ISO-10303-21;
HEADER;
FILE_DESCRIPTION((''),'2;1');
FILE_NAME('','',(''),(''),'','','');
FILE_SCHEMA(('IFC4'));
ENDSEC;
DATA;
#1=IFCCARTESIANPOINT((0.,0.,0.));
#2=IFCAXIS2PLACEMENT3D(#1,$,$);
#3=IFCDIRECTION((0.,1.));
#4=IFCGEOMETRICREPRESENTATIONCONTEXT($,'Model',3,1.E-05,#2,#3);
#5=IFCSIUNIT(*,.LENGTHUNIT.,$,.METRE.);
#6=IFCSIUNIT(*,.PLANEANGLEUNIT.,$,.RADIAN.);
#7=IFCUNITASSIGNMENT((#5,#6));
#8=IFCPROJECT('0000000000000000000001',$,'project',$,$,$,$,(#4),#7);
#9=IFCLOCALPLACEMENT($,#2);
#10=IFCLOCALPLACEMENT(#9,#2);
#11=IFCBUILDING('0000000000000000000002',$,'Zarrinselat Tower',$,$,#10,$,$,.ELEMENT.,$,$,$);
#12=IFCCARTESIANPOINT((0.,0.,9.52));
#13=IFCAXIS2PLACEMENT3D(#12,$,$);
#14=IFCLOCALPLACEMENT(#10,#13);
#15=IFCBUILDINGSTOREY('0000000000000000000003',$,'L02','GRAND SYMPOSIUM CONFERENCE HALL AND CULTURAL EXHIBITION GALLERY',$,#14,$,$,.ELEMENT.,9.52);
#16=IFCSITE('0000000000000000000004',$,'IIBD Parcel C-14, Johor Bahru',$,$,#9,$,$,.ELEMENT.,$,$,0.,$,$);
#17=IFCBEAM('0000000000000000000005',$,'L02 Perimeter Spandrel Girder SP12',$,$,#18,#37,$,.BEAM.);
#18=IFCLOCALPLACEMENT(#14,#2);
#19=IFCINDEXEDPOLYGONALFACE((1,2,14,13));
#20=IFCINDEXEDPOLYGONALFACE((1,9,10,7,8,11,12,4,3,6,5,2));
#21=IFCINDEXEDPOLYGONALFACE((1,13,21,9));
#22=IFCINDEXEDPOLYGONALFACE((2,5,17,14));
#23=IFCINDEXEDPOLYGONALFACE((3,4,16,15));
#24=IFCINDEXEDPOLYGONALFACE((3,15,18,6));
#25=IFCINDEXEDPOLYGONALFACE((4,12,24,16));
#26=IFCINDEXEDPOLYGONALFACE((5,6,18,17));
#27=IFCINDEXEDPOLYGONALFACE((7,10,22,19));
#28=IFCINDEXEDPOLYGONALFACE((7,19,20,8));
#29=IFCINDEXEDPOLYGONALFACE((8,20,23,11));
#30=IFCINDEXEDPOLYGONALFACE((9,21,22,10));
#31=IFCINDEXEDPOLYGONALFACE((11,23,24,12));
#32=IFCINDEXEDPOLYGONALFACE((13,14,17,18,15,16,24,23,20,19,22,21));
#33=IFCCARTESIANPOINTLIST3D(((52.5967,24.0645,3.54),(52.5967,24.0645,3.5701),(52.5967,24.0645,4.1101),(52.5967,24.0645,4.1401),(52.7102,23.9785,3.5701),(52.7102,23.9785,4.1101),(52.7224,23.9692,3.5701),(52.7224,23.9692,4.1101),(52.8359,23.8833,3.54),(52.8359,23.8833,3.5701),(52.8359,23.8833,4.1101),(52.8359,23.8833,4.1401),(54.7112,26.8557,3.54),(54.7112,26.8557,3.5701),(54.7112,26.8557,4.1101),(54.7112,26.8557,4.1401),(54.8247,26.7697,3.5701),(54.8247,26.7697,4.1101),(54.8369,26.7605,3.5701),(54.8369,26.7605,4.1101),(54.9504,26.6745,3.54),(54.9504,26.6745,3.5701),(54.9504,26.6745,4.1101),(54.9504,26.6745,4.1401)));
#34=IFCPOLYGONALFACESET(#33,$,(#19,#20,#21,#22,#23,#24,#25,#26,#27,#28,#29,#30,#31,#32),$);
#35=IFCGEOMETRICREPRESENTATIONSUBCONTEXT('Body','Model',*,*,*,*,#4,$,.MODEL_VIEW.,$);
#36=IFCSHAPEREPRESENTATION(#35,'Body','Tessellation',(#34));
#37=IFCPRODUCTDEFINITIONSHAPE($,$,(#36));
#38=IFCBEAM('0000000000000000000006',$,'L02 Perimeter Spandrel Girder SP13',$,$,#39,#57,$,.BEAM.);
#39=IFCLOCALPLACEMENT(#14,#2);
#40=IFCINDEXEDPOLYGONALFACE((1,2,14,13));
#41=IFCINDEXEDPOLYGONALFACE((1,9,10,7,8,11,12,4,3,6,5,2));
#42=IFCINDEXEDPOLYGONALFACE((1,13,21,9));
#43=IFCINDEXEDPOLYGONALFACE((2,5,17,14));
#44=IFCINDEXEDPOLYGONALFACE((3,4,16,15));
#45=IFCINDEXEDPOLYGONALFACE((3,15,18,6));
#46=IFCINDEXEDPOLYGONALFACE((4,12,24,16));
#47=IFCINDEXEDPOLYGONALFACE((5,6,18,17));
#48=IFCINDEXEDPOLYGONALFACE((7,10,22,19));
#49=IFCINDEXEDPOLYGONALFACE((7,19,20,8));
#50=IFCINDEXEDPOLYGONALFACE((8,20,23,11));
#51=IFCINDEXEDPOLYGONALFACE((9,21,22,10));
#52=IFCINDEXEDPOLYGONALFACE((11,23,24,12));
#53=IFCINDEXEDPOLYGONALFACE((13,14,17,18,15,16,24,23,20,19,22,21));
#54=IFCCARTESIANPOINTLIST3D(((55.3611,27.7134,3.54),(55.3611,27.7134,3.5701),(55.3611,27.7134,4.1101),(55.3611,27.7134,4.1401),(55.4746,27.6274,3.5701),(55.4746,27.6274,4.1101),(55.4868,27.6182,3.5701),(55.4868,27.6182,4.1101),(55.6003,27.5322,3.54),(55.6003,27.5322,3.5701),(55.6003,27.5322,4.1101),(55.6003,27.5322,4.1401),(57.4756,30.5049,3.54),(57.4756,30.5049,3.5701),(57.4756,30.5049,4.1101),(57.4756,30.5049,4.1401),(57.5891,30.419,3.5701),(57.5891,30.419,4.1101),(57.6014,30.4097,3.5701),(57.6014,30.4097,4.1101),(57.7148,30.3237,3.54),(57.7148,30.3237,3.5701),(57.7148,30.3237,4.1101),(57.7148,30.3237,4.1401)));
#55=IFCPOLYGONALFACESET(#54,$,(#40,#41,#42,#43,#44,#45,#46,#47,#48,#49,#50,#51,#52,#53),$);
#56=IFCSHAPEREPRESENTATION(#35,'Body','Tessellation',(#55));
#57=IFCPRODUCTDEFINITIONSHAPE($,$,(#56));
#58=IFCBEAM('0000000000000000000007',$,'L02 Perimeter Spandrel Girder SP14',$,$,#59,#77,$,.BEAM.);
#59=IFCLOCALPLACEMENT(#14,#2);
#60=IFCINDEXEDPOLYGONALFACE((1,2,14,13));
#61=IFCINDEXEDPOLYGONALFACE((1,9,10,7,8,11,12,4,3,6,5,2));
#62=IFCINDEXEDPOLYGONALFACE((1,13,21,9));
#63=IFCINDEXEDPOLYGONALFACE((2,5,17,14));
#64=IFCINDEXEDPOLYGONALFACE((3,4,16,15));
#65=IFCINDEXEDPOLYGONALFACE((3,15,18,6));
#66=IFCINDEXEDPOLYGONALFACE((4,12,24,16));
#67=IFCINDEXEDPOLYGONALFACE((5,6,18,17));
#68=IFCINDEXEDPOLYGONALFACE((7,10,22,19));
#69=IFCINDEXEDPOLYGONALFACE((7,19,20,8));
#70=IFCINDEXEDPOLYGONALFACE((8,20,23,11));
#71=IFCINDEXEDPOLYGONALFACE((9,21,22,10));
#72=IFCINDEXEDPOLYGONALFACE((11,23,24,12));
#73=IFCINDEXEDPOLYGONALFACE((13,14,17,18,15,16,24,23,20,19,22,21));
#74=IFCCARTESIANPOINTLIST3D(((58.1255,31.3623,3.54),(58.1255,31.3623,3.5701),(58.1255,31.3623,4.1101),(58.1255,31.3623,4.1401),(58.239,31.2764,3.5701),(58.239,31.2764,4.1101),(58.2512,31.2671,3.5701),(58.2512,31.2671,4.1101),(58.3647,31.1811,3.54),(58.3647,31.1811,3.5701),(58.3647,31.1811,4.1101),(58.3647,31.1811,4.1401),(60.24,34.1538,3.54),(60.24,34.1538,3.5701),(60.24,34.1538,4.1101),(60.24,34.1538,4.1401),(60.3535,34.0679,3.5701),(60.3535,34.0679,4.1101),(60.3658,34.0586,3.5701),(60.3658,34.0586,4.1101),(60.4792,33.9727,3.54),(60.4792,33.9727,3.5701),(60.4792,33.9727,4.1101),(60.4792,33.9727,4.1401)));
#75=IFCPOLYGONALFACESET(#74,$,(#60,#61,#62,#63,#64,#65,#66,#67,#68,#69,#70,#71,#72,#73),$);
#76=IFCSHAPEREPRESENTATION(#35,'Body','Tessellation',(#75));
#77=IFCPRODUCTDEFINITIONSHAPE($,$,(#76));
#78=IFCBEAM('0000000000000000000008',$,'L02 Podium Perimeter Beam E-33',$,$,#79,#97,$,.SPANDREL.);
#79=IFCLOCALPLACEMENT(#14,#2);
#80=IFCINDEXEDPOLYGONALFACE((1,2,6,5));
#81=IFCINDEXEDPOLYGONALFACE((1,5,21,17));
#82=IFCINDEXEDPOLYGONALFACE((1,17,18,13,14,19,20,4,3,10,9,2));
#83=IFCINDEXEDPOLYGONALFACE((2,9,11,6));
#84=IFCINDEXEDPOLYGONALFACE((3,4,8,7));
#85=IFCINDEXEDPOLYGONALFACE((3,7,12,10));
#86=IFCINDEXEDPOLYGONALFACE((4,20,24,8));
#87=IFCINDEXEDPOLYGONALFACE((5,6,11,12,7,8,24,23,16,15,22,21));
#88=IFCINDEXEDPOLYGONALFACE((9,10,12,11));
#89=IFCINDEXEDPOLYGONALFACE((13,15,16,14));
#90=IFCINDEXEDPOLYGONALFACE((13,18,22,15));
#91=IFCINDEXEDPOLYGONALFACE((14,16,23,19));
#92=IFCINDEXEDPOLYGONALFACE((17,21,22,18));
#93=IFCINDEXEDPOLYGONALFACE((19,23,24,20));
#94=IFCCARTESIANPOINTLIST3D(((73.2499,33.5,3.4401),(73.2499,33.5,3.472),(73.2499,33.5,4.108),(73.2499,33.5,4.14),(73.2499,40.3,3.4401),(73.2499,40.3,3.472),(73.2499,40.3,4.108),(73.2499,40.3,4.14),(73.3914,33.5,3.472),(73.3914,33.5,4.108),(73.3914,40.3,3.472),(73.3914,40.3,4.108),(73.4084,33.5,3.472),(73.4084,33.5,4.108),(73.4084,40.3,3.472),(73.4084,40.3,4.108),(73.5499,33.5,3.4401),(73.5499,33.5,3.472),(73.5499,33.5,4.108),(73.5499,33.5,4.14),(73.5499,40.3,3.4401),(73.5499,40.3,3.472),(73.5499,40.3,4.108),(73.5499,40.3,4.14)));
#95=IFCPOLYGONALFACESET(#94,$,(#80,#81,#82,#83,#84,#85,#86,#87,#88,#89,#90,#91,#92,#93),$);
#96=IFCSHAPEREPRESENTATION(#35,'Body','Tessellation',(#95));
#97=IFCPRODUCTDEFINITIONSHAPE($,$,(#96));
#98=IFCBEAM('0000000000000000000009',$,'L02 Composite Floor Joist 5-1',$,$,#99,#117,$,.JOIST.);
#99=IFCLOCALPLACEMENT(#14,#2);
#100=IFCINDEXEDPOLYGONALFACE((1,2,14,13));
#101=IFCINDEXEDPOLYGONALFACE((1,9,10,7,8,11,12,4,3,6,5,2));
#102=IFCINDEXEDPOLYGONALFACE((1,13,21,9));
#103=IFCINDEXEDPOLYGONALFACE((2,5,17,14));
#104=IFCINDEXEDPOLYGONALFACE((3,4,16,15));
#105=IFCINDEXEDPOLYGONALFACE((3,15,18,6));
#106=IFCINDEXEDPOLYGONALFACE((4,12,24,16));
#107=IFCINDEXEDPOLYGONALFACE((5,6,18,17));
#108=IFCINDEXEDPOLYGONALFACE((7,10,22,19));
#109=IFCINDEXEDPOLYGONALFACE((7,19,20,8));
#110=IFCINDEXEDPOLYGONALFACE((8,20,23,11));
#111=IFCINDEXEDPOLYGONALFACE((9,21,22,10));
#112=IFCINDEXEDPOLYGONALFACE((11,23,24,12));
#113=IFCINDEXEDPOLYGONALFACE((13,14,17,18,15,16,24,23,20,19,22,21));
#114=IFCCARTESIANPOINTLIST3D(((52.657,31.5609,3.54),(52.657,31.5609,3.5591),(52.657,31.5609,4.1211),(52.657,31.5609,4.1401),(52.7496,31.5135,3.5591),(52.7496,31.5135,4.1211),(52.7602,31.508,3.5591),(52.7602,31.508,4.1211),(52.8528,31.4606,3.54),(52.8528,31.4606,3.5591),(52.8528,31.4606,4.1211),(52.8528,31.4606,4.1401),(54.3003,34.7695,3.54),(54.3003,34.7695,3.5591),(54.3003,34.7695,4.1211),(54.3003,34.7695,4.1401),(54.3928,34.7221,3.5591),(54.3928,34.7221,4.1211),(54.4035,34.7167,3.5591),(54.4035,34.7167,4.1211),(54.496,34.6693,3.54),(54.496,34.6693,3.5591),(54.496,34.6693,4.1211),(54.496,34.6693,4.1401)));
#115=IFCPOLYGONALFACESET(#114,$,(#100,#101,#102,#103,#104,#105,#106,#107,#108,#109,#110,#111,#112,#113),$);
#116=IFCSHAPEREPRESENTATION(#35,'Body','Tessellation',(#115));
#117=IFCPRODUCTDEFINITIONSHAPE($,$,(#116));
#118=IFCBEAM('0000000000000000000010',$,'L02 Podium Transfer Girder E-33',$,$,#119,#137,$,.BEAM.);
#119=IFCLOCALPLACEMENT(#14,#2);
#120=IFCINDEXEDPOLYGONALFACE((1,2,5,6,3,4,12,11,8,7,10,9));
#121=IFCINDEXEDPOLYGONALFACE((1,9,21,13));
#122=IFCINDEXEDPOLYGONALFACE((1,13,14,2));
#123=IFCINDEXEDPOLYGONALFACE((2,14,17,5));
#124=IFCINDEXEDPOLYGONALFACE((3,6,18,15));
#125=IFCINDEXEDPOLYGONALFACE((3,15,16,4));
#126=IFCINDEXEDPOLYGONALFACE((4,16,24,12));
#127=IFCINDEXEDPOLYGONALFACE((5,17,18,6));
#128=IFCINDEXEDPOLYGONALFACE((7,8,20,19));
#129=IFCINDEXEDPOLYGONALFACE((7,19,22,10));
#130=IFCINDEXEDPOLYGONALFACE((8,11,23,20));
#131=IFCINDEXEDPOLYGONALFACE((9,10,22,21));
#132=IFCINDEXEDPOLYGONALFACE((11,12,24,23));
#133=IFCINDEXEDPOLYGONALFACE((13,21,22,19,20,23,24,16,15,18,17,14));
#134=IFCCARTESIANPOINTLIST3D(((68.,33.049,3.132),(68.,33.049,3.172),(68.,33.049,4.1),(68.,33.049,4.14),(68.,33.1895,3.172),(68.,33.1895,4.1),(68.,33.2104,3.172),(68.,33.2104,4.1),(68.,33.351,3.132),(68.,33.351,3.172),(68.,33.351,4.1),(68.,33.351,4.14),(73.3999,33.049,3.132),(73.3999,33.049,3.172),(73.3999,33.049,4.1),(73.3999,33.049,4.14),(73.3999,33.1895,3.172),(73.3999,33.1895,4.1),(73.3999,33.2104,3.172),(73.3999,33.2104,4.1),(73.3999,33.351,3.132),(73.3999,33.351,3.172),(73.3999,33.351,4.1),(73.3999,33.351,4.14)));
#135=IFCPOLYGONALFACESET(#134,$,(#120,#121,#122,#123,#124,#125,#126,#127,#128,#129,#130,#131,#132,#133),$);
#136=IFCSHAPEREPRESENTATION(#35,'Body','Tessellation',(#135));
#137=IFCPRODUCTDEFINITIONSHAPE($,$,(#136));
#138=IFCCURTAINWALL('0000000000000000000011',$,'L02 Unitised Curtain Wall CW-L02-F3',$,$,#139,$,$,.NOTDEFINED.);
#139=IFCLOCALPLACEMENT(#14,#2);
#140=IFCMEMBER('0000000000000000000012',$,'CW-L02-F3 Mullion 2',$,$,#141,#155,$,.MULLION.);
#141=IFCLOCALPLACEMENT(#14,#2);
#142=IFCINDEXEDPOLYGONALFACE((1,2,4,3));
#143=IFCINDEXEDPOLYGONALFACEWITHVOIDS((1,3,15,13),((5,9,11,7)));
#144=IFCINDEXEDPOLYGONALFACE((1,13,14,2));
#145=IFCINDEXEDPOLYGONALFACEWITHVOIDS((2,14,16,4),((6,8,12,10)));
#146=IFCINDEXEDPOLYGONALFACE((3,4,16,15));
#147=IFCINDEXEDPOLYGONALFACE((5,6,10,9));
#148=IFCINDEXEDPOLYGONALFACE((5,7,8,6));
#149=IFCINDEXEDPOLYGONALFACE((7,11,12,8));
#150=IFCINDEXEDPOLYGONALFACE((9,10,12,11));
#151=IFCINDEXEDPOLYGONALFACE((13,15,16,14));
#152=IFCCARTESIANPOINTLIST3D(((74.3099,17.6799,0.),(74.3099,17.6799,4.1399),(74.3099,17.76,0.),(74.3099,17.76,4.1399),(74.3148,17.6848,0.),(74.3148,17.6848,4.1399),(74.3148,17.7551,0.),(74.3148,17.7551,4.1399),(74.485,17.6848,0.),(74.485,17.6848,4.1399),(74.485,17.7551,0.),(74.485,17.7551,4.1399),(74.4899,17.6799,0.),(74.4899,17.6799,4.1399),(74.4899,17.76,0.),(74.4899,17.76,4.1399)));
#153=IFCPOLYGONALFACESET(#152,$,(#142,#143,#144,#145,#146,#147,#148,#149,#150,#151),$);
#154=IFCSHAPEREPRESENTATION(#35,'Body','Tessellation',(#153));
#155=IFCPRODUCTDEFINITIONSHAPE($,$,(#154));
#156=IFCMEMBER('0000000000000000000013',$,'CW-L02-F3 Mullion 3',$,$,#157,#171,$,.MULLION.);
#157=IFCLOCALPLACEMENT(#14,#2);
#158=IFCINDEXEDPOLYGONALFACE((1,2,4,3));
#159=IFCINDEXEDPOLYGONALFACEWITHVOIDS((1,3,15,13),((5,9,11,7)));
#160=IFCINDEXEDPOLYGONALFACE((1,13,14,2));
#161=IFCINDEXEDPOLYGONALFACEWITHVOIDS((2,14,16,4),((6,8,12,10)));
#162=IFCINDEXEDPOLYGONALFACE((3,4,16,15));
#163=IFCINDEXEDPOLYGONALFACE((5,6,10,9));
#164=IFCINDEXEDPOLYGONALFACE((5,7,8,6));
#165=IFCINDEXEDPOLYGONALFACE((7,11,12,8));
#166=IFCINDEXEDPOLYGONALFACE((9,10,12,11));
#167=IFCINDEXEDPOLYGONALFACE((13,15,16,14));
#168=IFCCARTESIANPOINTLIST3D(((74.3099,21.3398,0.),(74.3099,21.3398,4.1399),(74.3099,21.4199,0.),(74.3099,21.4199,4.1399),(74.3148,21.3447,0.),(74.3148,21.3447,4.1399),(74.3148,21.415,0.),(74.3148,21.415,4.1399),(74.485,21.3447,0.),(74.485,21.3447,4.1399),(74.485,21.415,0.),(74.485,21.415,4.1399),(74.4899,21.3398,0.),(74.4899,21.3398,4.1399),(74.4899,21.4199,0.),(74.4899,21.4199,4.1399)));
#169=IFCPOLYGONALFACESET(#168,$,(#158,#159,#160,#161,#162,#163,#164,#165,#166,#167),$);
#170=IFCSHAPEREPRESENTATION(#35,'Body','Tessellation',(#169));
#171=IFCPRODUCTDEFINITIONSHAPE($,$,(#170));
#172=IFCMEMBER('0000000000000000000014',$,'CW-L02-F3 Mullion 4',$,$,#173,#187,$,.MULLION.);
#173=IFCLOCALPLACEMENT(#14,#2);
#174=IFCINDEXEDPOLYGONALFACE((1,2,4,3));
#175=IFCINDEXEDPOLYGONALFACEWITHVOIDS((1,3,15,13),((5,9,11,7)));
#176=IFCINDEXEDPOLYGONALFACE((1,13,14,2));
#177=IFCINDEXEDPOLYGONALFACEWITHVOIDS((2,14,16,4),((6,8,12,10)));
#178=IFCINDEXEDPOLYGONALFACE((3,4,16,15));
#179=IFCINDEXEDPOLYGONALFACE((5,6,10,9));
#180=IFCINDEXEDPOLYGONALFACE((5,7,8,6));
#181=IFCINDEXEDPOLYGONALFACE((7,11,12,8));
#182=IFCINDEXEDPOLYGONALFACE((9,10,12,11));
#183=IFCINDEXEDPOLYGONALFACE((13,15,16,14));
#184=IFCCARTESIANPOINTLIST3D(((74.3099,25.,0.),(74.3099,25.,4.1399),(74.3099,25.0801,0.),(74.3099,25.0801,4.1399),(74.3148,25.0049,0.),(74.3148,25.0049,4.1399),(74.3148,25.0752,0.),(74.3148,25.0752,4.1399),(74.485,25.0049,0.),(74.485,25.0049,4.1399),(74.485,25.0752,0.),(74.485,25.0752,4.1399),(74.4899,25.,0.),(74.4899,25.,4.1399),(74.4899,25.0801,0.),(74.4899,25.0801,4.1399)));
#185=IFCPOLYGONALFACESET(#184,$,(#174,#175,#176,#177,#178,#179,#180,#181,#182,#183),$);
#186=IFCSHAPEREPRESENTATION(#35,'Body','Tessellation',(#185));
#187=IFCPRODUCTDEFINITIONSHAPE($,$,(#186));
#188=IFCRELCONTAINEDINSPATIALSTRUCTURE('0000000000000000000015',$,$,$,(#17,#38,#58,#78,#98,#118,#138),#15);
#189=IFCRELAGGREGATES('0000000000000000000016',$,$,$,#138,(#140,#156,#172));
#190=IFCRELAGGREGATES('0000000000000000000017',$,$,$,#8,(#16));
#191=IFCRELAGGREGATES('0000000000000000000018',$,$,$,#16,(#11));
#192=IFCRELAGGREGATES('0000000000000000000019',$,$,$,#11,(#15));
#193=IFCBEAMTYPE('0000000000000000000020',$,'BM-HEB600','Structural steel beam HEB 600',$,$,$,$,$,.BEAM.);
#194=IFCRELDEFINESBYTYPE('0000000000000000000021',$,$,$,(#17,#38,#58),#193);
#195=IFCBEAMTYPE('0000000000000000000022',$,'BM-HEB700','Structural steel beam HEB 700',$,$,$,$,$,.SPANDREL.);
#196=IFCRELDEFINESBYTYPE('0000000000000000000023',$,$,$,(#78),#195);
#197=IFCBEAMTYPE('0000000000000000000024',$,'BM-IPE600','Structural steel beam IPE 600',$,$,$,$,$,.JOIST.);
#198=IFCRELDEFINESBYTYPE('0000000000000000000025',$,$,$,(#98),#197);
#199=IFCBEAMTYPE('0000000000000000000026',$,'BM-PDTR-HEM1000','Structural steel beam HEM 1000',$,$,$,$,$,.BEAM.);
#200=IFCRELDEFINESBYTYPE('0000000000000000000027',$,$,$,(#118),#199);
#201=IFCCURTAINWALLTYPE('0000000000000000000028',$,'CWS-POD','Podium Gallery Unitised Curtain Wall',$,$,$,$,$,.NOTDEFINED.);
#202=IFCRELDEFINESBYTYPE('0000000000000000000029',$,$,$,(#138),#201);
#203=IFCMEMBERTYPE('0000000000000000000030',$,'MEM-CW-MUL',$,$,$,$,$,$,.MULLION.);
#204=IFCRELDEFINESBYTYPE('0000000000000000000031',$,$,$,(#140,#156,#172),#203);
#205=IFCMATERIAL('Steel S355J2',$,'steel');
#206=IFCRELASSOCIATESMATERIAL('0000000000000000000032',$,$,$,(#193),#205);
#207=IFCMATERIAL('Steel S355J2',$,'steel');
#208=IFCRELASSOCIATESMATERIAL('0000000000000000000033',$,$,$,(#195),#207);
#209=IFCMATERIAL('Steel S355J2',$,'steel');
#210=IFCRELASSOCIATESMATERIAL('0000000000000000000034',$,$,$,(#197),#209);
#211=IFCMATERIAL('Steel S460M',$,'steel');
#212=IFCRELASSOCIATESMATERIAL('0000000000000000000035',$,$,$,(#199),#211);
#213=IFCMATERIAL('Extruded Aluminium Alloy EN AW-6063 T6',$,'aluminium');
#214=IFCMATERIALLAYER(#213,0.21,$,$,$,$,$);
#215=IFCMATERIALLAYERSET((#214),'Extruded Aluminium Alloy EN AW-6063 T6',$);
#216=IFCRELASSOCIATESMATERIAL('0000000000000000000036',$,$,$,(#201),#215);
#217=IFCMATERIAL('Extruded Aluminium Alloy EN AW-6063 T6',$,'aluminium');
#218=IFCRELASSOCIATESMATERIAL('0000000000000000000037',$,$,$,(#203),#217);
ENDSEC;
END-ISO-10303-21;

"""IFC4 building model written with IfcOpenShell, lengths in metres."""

from ifc_helpers import new_model, si_unit, direction, frame, origin, origin_2d, place, context, subcontext, project, spatial, hollow_rectangle, i_section, extrude, material, layer, layer_set, material_profile, profile_set, type_object, element, aggregate, save


model = new_model("IFC4")

# Units and contexts
model_context = context("Model", 3, precision=1e-05, world=origin(), true_north=direction((0.0, 1.0)))
body_context = subcontext(model_context, "Body", "Model", "MODEL_VIEW")
ifc_project = project(units=[si_unit("LENGTHUNIT", "METRE"), si_unit("PLANEANGLEUNIT", "RADIAN")], contexts=[model_context])

# Site, building, storey
site_placement = place(None, origin())
site = spatial("IfcSite", under=ifc_project, at=site_placement, Name="IIBD Parcel C-14, Johor Bahru", CompositionType="ELEMENT", RefElevation=0.0)
building_placement = place(site_placement, origin())
building = spatial("IfcBuilding", under=site, at=building_placement, Name="Zarrinselat Tower", CompositionType="ELEMENT")
storey_placement = place(building_placement, frame((0.0, 0.0, 9.52)))
storey = spatial("IfcBuildingStorey", under=building, at=storey_placement, Name="L02", Description="GRAND SYMPOSIUM CONFERENCE HALL AND CULTURAL EXHIBITION GALLERY", CompositionType="ELEMENT", Elevation=9.52)

# Beams
ifc_material_1 = material(Name="Steel S355J2", Category="steel")
ifc_material_profile_1 = material_profile(ifc_material_1, i_section(OverallWidth=0.3, OverallDepth=0.6001, WebThickness=0.0154, FlangeThickness=0.03, at=origin_2d()), Name="HEB 600")
ifc_profile_set_1 = profile_set([ifc_material_profile_1], Name="Steel S355J2")
beam_type_1 = type_object("IfcBeamType", Name="BM-HEB600", Description="Structural steel beam HEB 600", PredefinedType="BEAM", material=ifc_profile_set_1)
beam_1_placement = place(storey_placement, frame((52.7163, 23.9739, 3.8401), z_axis=(0.603842, 0.797104, 0.0), x_axis=(-0.797104, 0.603842, 0.0)))
element("IfcBeam", 1, at=beam_1_placement, inside=storey, type_object=beam_type_1, Name="L02 Perimeter Spandrel Girder SP12", PredefinedType="BEAM", context=body_context, shape_type="SweptSolid", body=[
    extrude(i_section(OverallWidth=0.3, OverallDepth=0.6001, WebThickness=0.0154, FlangeThickness=0.03, at=origin_2d()), origin(), (0.0, 0.0, 1.0), 3.5017),
])
for number, where, z_axis, x_axis, name in (
    (2, (55.4807, 27.6228, 3.8401), (0.603808, 0.79713, 0.0), (-0.79713, 0.603808, 0.0), "L02 Perimeter Spandrel Girder SP13"),
    (3, (58.2451, 31.2717, 3.8401), (0.603808, 0.79713, 0.0), (-0.79713, 0.603808, 0.0), "L02 Perimeter Spandrel Girder SP14"),
):
    element("IfcBeam", number, at=place(storey_placement, frame(where, z_axis=z_axis, x_axis=x_axis)), inside=storey, type_object=beam_type_1, Name=name, PredefinedType="BEAM", context=body_context, shape_type="SweptSolid", body=[
        extrude(i_section(OverallWidth=0.3, OverallDepth=0.6001, WebThickness=0.0154, FlangeThickness=0.03, at=origin_2d()), origin(), (0.0, 0.0, 1.0), 3.502),
    ])
ifc_material_2 = material(Name="Steel S355J2", Category="steel")
ifc_material_profile_2 = material_profile(ifc_material_2, i_section(OverallWidth=0.3, OverallDepth=0.7, WebThickness=0.0171, FlangeThickness=0.032, at=origin_2d()), Name="HEB 700")
ifc_profile_set_2 = profile_set([ifc_material_profile_2], Name="Steel S355J2")
beam_type_2 = type_object("IfcBeamType", Name="BM-HEB700", Description="Structural steel beam HEB 700", PredefinedType="SPANDREL", material=ifc_profile_set_2)
beam_2_placement = place(storey_placement, frame((73.3999, 33.5, 3.79), z_axis=(0.0, 1.0, 0.0), x_axis=(-1.0, 0.0, 0.0)))
element("IfcBeam", 4, at=beam_2_placement, inside=storey, type_object=beam_type_2, Name="L02 Podium Perimeter Beam E-33", PredefinedType="SPANDREL", context=body_context, shape_type="SweptSolid", body=[
    extrude(i_section(OverallWidth=0.3, OverallDepth=0.7, WebThickness=0.0171, FlangeThickness=0.032, at=origin_2d()), origin(), (0.0, 0.0, 1.0), 6.8),
])
ifc_material_3 = material(Name="Steel S355J2", Category="steel")
ifc_material_profile_3 = material_profile(ifc_material_3, i_section(OverallWidth=0.22, OverallDepth=0.6001, WebThickness=0.012, FlangeThickness=0.019, at=origin_2d()), Name="IPE 600")
ifc_profile_set_3 = profile_set([ifc_material_profile_3], Name="Steel S355J2")
beam_type_3 = type_object("IfcBeamType", Name="BM-IPE600", Description="Structural steel beam IPE 600", PredefinedType="JOIST", material=ifc_profile_set_3)
beam_3_placement = place(storey_placement, frame((52.7549, 31.5107, 3.8401), z_axis=(0.455834, 0.890065, 0.0), x_axis=(-0.890065, 0.455834, 0.0)))
element("IfcBeam", 5, at=beam_3_placement, inside=storey, type_object=beam_type_3, Name="L02 Composite Floor Joist 5-1", PredefinedType="JOIST", context=body_context, shape_type="SweptSolid", body=[
    extrude(i_section(OverallWidth=0.22, OverallDepth=0.6001, WebThickness=0.012, FlangeThickness=0.019, at=origin_2d()), origin(), (0.0, 0.0, 1.0), 3.605),
])
ifc_material_4 = material(Name="Steel S460M", Category="steel")
ifc_material_profile_4 = material_profile(ifc_material_4, i_section(OverallWidth=0.302, OverallDepth=1.0081, WebThickness=0.021, FlangeThickness=0.04, at=origin_2d()), Name="HEM 1000")
ifc_profile_set_4 = profile_set([ifc_material_profile_4], Name="Steel S460M")
beam_type_4 = type_object("IfcBeamType", Name="BM-PDTR-HEM1000", Description="Structural steel beam HEM 1000", PredefinedType="BEAM", material=ifc_profile_set_4)
beam_4_placement = place(storey_placement, frame((68.0, 33.2, 3.636), z_axis=(1.0, 0.0, 0.0), x_axis=(0.0, 1.0, 0.0)))
element("IfcBeam", 6, at=beam_4_placement, inside=storey, type_object=beam_type_4, Name="L02 Podium Transfer Girder E-33", PredefinedType="BEAM", context=body_context, shape_type="SweptSolid", body=[
    extrude(i_section(OverallWidth=0.302, OverallDepth=1.0081, WebThickness=0.021, FlangeThickness=0.04, at=origin_2d()), origin(), (0.0, 0.0, 1.0), 5.3999),
])

# Curtain wall, members
ifc_material_5 = material(Name="Extruded Aluminium Alloy EN AW-6063 T6", Category="aluminium")
ifc_layer_1 = layer(ifc_material_5, 0.21)
ifc_layer_set_1 = layer_set([ifc_layer_1], Name="Extruded Aluminium Alloy EN AW-6063 T6")
curtain_wall_type = type_object("IfcCurtainWallType", Name="CWS-POD", Description="Podium Gallery Unitised Curtain Wall", PredefinedType="NOTDEFINED", material=ifc_layer_set_1)
curtain_wall_placement = place(storey_placement, origin())
curtain_wall = element("IfcCurtainWall", 7, at=curtain_wall_placement, inside=storey, type_object=curtain_wall_type, Name="L02 Unitised Curtain Wall CW-L02-F3", PredefinedType="NOTDEFINED")
ifc_material_6 = material(Name="Extruded Aluminium Alloy EN AW-6063 T6", Category="aluminium")
ifc_material_profile_5 = material_profile(ifc_material_6, hollow_rectangle(XDim=0.0801, YDim=0.1799, WallThickness=0.0049, at=origin_2d()), Name="RHS 180x80x5")
ifc_profile_set_5 = profile_set([ifc_material_profile_5], Name="Extruded Aluminium Alloy EN AW-6063 T6")
member_type = type_object("IfcMemberType", Name="MEM-CW-MUL", PredefinedType="MULLION", material=ifc_profile_set_5)
member_1_placement = place(storey_placement, frame((74.3999, 17.72, 0.0), z_axis=(0.0, 0.0, 1.0), x_axis=(0.0, 1.0, 0.0)))
member_1 = element("IfcMember", 8, at=member_1_placement, type_object=member_type, Name="CW-L02-F3 Mullion 2", PredefinedType="MULLION", context=body_context, shape_type="SweptSolid", body=[
    extrude(hollow_rectangle(XDim=0.0801, YDim=0.1799, WallThickness=0.0049, at=origin_2d()), origin(), (0.0, 0.0, 1.0), 4.1399),
])
member_2_placement = place(storey_placement, frame((74.3999, 21.3799, 0.0), z_axis=(0.0, 0.0, 1.0), x_axis=(0.0, 1.0, 0.0)))
member_2 = element("IfcMember", 9, at=member_2_placement, type_object=member_type, Name="CW-L02-F3 Mullion 3", PredefinedType="MULLION", context=body_context, shape_type="SweptSolid", body=[
    extrude(hollow_rectangle(XDim=0.0801, YDim=0.1799, WallThickness=0.0049, at=origin_2d()), origin(), (0.0, 0.0, 1.0), 4.1399),
])
member_3_placement = place(storey_placement, frame((74.3999, 25.04, 0.0), z_axis=(0.0, 0.0, 1.0), x_axis=(0.0, 1.0, 0.0)))
member_3 = element("IfcMember", 10, at=member_3_placement, type_object=member_type, Name="CW-L02-F3 Mullion 4", PredefinedType="MULLION", context=body_context, shape_type="SweptSolid", body=[
    extrude(hollow_rectangle(XDim=0.0801, YDim=0.1799, WallThickness=0.0049, at=origin_2d()), origin(), (0.0, 0.0, 1.0), 4.1399),
])
aggregate(curtain_wall, [member_1, member_2, member_3])

save(model, "model.ifc")
